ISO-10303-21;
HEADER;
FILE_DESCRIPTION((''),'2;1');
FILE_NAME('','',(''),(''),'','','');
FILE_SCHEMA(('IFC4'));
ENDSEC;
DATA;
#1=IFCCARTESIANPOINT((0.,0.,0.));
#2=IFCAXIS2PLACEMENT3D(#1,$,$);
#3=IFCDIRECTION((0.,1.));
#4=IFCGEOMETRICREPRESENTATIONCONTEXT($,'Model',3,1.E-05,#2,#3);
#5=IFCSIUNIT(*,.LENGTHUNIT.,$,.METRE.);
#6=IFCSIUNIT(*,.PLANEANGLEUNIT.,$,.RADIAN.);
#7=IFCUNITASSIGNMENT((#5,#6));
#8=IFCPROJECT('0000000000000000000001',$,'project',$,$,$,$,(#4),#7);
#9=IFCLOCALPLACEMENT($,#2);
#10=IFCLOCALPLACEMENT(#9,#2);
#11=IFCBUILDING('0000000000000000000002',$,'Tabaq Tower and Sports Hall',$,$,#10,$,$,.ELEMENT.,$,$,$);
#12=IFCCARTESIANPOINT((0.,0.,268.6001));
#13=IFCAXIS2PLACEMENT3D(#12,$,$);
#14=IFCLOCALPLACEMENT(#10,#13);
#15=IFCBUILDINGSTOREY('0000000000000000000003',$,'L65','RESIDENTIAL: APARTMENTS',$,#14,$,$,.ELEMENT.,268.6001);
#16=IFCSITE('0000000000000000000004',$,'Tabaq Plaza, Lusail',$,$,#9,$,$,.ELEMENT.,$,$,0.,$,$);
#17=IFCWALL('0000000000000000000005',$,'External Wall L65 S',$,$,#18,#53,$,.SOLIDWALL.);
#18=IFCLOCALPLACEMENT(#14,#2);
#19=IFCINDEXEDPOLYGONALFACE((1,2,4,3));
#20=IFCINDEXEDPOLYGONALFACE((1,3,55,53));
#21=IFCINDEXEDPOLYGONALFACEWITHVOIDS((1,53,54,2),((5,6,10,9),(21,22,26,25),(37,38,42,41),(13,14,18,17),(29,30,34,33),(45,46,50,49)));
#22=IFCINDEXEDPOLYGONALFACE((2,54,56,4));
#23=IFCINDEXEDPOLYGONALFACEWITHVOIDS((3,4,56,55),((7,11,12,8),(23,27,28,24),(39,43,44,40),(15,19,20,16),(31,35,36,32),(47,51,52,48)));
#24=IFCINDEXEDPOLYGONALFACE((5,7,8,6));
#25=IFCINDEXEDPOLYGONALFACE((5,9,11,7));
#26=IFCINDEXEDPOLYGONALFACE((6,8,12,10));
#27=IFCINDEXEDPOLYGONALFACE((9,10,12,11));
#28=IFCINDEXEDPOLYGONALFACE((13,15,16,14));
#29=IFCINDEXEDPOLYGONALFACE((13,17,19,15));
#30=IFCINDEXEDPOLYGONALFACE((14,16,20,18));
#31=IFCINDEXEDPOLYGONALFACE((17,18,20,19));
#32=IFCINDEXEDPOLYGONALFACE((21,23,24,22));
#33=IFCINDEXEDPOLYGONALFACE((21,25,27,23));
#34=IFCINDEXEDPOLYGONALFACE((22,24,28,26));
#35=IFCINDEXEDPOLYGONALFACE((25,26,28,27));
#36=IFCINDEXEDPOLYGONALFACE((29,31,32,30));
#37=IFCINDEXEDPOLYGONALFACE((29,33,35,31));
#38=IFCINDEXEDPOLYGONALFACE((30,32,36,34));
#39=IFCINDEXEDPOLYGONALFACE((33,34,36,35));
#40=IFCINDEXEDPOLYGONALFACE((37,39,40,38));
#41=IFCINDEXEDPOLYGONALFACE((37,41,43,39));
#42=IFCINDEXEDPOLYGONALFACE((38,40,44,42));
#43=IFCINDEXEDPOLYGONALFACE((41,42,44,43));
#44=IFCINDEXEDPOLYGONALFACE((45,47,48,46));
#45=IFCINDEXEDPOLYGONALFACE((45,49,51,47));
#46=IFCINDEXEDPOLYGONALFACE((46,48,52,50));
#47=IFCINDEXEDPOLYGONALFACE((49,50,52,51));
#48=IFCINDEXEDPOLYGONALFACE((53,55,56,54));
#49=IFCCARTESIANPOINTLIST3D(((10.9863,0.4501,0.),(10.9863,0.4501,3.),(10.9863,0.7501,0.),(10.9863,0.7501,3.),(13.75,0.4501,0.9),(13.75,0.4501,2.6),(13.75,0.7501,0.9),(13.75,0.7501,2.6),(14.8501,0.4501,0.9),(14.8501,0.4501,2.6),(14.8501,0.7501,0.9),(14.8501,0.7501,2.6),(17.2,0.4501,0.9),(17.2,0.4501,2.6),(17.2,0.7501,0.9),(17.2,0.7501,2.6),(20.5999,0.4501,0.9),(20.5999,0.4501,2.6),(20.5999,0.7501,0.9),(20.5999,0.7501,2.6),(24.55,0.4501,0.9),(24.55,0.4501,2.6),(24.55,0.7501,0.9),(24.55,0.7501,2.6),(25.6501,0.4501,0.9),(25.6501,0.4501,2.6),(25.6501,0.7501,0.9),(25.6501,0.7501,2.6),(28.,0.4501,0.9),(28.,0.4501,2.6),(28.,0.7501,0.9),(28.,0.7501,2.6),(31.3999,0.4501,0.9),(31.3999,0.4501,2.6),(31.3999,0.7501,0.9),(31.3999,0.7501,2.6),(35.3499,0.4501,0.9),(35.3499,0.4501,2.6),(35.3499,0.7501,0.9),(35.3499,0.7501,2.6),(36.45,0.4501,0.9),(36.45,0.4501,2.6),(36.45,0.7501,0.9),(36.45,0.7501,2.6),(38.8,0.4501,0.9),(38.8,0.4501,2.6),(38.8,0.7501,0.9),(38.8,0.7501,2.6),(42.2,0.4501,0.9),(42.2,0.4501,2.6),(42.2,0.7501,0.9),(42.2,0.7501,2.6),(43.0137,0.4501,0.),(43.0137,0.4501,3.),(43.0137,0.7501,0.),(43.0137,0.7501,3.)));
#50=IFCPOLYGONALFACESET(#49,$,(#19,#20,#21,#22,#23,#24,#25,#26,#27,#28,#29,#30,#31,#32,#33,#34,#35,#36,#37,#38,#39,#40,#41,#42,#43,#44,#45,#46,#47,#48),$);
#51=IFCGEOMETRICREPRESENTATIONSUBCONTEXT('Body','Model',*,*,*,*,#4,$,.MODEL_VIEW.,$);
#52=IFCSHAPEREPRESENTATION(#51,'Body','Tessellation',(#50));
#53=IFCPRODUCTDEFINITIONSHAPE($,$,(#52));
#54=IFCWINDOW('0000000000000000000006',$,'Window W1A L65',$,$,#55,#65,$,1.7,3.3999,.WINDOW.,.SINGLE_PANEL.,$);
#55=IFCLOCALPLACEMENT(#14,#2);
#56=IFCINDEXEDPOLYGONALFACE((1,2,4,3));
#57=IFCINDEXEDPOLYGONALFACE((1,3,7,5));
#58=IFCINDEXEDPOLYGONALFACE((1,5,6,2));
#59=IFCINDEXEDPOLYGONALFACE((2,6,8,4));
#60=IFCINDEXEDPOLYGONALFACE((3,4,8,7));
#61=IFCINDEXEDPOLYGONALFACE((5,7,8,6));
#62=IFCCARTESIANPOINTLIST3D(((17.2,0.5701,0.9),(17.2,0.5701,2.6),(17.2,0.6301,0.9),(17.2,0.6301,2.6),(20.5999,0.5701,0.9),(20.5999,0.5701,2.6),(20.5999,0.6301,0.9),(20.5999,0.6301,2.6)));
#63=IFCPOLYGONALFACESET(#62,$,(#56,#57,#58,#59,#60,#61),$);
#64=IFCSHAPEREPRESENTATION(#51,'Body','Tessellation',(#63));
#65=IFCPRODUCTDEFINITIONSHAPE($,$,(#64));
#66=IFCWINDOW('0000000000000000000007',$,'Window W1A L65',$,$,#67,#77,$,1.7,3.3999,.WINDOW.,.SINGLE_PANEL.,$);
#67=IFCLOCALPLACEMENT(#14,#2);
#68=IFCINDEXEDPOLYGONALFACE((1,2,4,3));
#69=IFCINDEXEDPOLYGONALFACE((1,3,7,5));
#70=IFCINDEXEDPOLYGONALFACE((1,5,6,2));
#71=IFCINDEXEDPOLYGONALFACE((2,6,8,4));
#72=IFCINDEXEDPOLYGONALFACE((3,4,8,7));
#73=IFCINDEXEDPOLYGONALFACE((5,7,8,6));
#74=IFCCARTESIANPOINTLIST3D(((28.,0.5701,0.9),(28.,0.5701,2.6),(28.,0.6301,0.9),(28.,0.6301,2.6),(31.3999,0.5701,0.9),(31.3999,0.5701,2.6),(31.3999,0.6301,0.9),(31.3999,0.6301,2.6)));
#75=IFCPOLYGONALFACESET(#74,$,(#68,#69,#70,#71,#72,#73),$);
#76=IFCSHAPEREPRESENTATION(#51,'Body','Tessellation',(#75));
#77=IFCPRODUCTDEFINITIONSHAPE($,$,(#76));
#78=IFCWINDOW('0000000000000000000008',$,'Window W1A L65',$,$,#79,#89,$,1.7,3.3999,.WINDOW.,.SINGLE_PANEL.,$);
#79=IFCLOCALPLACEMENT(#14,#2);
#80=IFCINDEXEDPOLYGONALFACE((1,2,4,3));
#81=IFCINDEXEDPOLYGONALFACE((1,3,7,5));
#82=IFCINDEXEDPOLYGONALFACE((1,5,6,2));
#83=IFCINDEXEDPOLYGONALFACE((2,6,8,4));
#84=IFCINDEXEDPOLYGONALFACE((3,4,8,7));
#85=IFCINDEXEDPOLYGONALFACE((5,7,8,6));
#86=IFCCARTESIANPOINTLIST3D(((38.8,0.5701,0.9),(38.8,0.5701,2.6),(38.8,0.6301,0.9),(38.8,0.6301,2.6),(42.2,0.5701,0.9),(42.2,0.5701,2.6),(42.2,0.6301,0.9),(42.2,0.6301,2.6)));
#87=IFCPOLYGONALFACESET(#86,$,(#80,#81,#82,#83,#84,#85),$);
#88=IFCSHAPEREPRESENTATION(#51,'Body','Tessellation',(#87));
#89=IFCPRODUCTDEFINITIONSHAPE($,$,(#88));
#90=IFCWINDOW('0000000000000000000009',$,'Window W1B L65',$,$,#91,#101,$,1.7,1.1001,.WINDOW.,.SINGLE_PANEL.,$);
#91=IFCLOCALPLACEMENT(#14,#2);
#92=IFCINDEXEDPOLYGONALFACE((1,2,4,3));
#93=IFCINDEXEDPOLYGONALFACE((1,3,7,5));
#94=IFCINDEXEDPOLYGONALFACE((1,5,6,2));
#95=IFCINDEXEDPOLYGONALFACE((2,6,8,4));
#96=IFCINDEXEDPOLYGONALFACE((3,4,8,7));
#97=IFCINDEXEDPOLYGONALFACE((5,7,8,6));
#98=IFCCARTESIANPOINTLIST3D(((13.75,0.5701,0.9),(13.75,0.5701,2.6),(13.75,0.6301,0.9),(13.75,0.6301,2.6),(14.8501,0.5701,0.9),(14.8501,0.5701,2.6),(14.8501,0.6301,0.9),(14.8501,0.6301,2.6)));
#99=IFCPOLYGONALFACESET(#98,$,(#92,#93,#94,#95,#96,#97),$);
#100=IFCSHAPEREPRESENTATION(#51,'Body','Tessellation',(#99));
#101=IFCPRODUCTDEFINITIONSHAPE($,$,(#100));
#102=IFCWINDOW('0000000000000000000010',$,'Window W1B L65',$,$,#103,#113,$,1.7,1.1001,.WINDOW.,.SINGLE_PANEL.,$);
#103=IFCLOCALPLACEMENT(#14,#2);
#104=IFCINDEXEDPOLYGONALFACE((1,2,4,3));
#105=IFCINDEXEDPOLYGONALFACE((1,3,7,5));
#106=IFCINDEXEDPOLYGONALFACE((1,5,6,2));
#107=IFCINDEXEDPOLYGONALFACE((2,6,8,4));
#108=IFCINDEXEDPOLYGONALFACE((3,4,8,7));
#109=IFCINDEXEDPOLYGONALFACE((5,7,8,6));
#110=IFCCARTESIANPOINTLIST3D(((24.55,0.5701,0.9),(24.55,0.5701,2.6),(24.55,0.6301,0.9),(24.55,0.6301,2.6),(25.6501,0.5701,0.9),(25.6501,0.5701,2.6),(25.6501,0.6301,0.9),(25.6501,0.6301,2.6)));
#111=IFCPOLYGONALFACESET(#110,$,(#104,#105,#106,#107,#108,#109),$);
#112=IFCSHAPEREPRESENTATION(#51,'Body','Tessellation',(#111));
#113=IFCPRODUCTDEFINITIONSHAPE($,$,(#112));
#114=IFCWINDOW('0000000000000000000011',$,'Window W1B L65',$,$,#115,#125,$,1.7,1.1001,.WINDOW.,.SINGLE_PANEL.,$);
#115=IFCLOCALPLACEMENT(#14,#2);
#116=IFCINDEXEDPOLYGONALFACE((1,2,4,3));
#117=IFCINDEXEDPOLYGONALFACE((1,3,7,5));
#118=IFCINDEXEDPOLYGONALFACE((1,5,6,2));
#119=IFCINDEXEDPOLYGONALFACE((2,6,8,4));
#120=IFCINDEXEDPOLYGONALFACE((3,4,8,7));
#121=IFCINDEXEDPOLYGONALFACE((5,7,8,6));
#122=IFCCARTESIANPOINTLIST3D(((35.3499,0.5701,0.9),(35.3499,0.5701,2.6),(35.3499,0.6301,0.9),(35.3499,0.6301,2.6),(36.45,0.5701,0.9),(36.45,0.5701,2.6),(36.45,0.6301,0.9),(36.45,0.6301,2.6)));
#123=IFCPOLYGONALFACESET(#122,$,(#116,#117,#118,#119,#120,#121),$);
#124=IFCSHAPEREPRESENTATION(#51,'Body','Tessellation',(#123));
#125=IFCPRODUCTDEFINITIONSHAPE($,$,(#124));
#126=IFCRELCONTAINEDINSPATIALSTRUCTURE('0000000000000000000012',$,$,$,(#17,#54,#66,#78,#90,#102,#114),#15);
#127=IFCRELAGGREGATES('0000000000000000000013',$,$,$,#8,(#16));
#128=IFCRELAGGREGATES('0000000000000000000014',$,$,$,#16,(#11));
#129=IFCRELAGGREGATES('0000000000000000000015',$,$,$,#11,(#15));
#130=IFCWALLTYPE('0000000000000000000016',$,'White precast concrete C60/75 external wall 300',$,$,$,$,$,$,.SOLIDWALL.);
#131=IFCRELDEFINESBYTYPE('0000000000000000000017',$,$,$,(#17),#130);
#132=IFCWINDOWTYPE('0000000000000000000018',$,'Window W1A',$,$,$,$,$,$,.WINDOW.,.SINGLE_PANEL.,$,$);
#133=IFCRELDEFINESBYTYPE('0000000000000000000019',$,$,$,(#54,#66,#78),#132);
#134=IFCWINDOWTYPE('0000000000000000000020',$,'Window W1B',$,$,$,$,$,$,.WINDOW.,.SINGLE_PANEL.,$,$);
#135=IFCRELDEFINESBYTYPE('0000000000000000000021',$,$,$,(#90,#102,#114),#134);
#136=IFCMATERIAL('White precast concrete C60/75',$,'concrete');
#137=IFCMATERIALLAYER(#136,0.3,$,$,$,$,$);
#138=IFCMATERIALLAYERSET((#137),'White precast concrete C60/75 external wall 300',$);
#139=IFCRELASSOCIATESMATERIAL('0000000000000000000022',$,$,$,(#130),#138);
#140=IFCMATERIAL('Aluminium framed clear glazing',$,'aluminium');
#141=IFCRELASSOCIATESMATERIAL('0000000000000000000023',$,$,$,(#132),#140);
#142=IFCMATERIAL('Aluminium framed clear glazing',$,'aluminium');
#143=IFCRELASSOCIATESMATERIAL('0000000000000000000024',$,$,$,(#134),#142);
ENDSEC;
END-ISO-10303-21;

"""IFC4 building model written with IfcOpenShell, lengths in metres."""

from ifc_helpers import new_model, si_unit, direction, frame, frame_2d, origin, place, context, subcontext, project, spatial, rectangle, extrude, material, layer, layer_set, type_object, element, fill, save


model = new_model("IFC4")

# Units and contexts
model_context = context("Model", 3, precision=1e-05, world=origin(), true_north=direction((0.0, 1.0)))
body_context = subcontext(model_context, "Body", "Model", "MODEL_VIEW")
ifc_project = project(units=[si_unit("LENGTHUNIT", "METRE"), si_unit("PLANEANGLEUNIT", "RADIAN")], contexts=[model_context])

# Site, building, storey
site_placement = place(None, origin())
site = spatial("IfcSite", under=ifc_project, at=site_placement, Name="Tabaq Plaza, Lusail", CompositionType="ELEMENT", RefElevation=0.0)
building_placement = place(site_placement, origin())
building = spatial("IfcBuilding", under=site, at=building_placement, Name="Tabaq Tower and Sports Hall", CompositionType="ELEMENT")
storey_placement = place(building_placement, frame((0.0, 0.0, 268.6001)))
storey = spatial("IfcBuildingStorey", under=building, at=storey_placement, Name="L65", Description="RESIDENTIAL: APARTMENTS", CompositionType="ELEMENT", Elevation=268.6001)

# Wall, openings, windows
ifc_material_1 = material(Name="White precast concrete C60/75", Category="concrete")
ifc_layer_1 = layer(ifc_material_1, 0.3)
ifc_layer_set_1 = layer_set([ifc_layer_1], Name="White precast concrete C60/75 external wall 300")
wall_type_1 = type_object("IfcWallType", Name="White precast concrete C60/75 external wall 300", PredefinedType="SOLIDWALL", material=ifc_layer_set_1)
wall_1_placement = place(storey_placement, frame((10.9863, 0.6001, 0.0), z_axis=(0.0, 0.0, 1.0), x_axis=(1.0, 0.0, 0.0)))
wall_1 = element("IfcWall", 1, at=wall_1_placement, inside=storey, type_object=wall_type_1, Name="External Wall L65 S", PredefinedType="SOLIDWALL", context=body_context, shape_type="SweptSolid", body=[
    extrude(rectangle(XDim=32.0273, YDim=0.3, at=frame_2d((16.0137, 0.0))), origin(), (0.0, 0.0, 1.0), 3.0),
])
opening_1_placement = place(wall_1_placement, frame((2.7637, 0.0, 0.8999)))
opening_1 = element("IfcOpeningElement", 2, at=opening_1_placement, cuts=wall_1, PredefinedType="OPENING", context=body_context, shape_type="SweptSolid", body=[
    extrude(rectangle(XDim=1.1001, YDim=1.7, at=frame_2d((0.55, 0.8501))), frame((0.0, 0.1602, 0.0), z_axis=(0.0, -1.0, 0.0), x_axis=(1.0, 0.0, 0.0)), (0.0, 0.0, 1.0), 0.3201),
])
opening_2_placement = place(wall_1_placement, frame((6.2136, 0.0, 0.8999)))
opening_2 = element("IfcOpeningElement", 3, at=opening_2_placement, cuts=wall_1, PredefinedType="OPENING", context=body_context, shape_type="SweptSolid", body=[
    extrude(rectangle(XDim=3.3999, YDim=1.7, at=frame_2d((1.7, 0.8501))), frame((0.0, 0.1602, 0.0), z_axis=(0.0, -1.0, 0.0), x_axis=(1.0, 0.0, 0.0)), (0.0, 0.0, 1.0), 0.3201),
])
opening_3_placement = place(wall_1_placement, frame((13.5637, 0.0, 0.8999)))
opening_3 = element("IfcOpeningElement", 4, at=opening_3_placement, cuts=wall_1, PredefinedType="OPENING", context=body_context, shape_type="SweptSolid", body=[
    extrude(rectangle(XDim=1.1001, YDim=1.7, at=frame_2d((0.55, 0.8501))), frame((0.0, 0.1602, 0.0), z_axis=(0.0, -1.0, 0.0), x_axis=(1.0, 0.0, 0.0)), (0.0, 0.0, 1.0), 0.3201),
])
opening_4_placement = place(wall_1_placement, frame((17.0137, 0.0, 0.8999)))
opening_4 = element("IfcOpeningElement", 5, at=opening_4_placement, cuts=wall_1, PredefinedType="OPENING", context=body_context, shape_type="SweptSolid", body=[
    extrude(rectangle(XDim=3.3999, YDim=1.7, at=frame_2d((1.7, 0.8501))), frame((0.0, 0.1602, 0.0), z_axis=(0.0, -1.0, 0.0), x_axis=(1.0, 0.0, 0.0)), (0.0, 0.0, 1.0), 0.3201),
])
opening_5_placement = place(wall_1_placement, frame((24.3635, 0.0, 0.8999)))
opening_5 = element("IfcOpeningElement", 6, at=opening_5_placement, cuts=wall_1, PredefinedType="OPENING", context=body_context, shape_type="SweptSolid", body=[
    extrude(rectangle(XDim=1.1001, YDim=1.7, at=frame_2d((0.55, 0.8501))), frame((0.0, 0.1602, 0.0), z_axis=(0.0, -1.0, 0.0), x_axis=(1.0, 0.0, 0.0)), (0.0, 0.0, 1.0), 0.3201),
])
opening_6_placement = place(wall_1_placement, frame((27.8137, 0.0, 0.8999)))
opening_6 = element("IfcOpeningElement", 7, at=opening_6_placement, cuts=wall_1, PredefinedType="OPENING", context=body_context, shape_type="SweptSolid", body=[
    extrude(rectangle(XDim=3.3999, YDim=1.7, at=frame_2d((1.7, 0.8501))), frame((0.0, 0.1602, 0.0), z_axis=(0.0, -1.0, 0.0), x_axis=(1.0, 0.0, 0.0)), (0.0, 0.0, 1.0), 0.3201),
])
ifc_material_2 = material(Name="Aluminium framed clear glazing", Category="aluminium")
window_type_1 = type_object("IfcWindowType", Name="Window W1A", PartitioningType="SINGLE_PANEL", PredefinedType="WINDOW", material=ifc_material_2)
window_1_placement = place(opening_2_placement, origin())
window_1 = element("IfcWindow", 8, at=window_1_placement, inside=storey, type_object=window_type_1, Name="Window W1A L65", OverallHeight=1.7, OverallWidth=3.3999, PartitioningType="SINGLE_PANEL", PredefinedType="WINDOW", context=body_context, shape_type="SweptSolid", body=[
    extrude(rectangle(XDim=3.3999, YDim=1.7, at=frame_2d((1.7, 0.8501))), frame((0.0, 0.03, 0.0), z_axis=(0.0, -1.0, 0.0), x_axis=(1.0, 0.0, 0.0)), (0.0, 0.0, 1.0), 0.0601),
])
fill(opening_2, window_1)
window_2_placement = place(opening_4_placement, origin())
window_2 = element("IfcWindow", 9, at=window_2_placement, inside=storey, type_object=window_type_1, Name="Window W1A L65", OverallHeight=1.7, OverallWidth=3.3999, PartitioningType="SINGLE_PANEL", PredefinedType="WINDOW", context=body_context, shape_type="SweptSolid", body=[
    extrude(rectangle(XDim=3.3999, YDim=1.7, at=frame_2d((1.7, 0.8501))), frame((0.0, 0.03, 0.0), z_axis=(0.0, -1.0, 0.0), x_axis=(1.0, 0.0, 0.0)), (0.0, 0.0, 1.0), 0.0601),
])
fill(opening_4, window_2)
window_3_placement = place(opening_6_placement, origin())
window_3 = element("IfcWindow", 10, at=window_3_placement, inside=storey, type_object=window_type_1, Name="Window W1A L65", OverallHeight=1.7, OverallWidth=3.3999, PartitioningType="SINGLE_PANEL", PredefinedType="WINDOW", context=body_context, shape_type="SweptSolid", body=[
    extrude(rectangle(XDim=3.3999, YDim=1.7, at=frame_2d((1.7, 0.8501))), frame((0.0, 0.03, 0.0), z_axis=(0.0, -1.0, 0.0), x_axis=(1.0, 0.0, 0.0)), (0.0, 0.0, 1.0), 0.0601),
])
fill(opening_6, window_3)
ifc_material_3 = material(Name="Aluminium framed clear glazing", Category="aluminium")
window_type_2 = type_object("IfcWindowType", Name="Window W1B", PartitioningType="SINGLE_PANEL", PredefinedType="WINDOW", material=ifc_material_3)
window_4_placement = place(opening_1_placement, origin())
window_4 = element("IfcWindow", 11, at=window_4_placement, inside=storey, type_object=window_type_2, Name="Window W1B L65", OverallHeight=1.7, OverallWidth=1.1001, PartitioningType="SINGLE_PANEL", PredefinedType="WINDOW", context=body_context, shape_type="SweptSolid", body=[
    extrude(rectangle(XDim=1.1001, YDim=1.7, at=frame_2d((0.55, 0.8501))), frame((0.0, 0.03, 0.0), z_axis=(0.0, -1.0, 0.0), x_axis=(1.0, 0.0, 0.0)), (0.0, 0.0, 1.0), 0.0601),
])
fill(opening_1, window_4)
window_5_placement = place(opening_3_placement, origin())
window_5 = element("IfcWindow", 12, at=window_5_placement, inside=storey, type_object=window_type_2, Name="Window W1B L65", OverallHeight=1.7, OverallWidth=1.1001, PartitioningType="SINGLE_PANEL", PredefinedType="WINDOW", context=body_context, shape_type="SweptSolid", body=[
    extrude(rectangle(XDim=1.1001, YDim=1.7, at=frame_2d((0.55, 0.8501))), frame((0.0, 0.03, 0.0), z_axis=(0.0, -1.0, 0.0), x_axis=(1.0, 0.0, 0.0)), (0.0, 0.0, 1.0), 0.0601),
])
fill(opening_3, window_5)
window_6_placement = place(opening_5_placement, origin())
window_6 = element("IfcWindow", 13, at=window_6_placement, inside=storey, type_object=window_type_2, Name="Window W1B L65", OverallHeight=1.7, OverallWidth=1.1001, PartitioningType="SINGLE_PANEL", PredefinedType="WINDOW", context=body_context, shape_type="SweptSolid", body=[
    extrude(rectangle(XDim=1.1001, YDim=1.7, at=frame_2d((0.55, 0.8501))), frame((0.0, 0.03, 0.0), z_axis=(0.0, -1.0, 0.0), x_axis=(1.0, 0.0, 0.0)), (0.0, 0.0, 1.0), 0.0601),
])
fill(opening_5, window_6)

save(model, "model.ifc")
